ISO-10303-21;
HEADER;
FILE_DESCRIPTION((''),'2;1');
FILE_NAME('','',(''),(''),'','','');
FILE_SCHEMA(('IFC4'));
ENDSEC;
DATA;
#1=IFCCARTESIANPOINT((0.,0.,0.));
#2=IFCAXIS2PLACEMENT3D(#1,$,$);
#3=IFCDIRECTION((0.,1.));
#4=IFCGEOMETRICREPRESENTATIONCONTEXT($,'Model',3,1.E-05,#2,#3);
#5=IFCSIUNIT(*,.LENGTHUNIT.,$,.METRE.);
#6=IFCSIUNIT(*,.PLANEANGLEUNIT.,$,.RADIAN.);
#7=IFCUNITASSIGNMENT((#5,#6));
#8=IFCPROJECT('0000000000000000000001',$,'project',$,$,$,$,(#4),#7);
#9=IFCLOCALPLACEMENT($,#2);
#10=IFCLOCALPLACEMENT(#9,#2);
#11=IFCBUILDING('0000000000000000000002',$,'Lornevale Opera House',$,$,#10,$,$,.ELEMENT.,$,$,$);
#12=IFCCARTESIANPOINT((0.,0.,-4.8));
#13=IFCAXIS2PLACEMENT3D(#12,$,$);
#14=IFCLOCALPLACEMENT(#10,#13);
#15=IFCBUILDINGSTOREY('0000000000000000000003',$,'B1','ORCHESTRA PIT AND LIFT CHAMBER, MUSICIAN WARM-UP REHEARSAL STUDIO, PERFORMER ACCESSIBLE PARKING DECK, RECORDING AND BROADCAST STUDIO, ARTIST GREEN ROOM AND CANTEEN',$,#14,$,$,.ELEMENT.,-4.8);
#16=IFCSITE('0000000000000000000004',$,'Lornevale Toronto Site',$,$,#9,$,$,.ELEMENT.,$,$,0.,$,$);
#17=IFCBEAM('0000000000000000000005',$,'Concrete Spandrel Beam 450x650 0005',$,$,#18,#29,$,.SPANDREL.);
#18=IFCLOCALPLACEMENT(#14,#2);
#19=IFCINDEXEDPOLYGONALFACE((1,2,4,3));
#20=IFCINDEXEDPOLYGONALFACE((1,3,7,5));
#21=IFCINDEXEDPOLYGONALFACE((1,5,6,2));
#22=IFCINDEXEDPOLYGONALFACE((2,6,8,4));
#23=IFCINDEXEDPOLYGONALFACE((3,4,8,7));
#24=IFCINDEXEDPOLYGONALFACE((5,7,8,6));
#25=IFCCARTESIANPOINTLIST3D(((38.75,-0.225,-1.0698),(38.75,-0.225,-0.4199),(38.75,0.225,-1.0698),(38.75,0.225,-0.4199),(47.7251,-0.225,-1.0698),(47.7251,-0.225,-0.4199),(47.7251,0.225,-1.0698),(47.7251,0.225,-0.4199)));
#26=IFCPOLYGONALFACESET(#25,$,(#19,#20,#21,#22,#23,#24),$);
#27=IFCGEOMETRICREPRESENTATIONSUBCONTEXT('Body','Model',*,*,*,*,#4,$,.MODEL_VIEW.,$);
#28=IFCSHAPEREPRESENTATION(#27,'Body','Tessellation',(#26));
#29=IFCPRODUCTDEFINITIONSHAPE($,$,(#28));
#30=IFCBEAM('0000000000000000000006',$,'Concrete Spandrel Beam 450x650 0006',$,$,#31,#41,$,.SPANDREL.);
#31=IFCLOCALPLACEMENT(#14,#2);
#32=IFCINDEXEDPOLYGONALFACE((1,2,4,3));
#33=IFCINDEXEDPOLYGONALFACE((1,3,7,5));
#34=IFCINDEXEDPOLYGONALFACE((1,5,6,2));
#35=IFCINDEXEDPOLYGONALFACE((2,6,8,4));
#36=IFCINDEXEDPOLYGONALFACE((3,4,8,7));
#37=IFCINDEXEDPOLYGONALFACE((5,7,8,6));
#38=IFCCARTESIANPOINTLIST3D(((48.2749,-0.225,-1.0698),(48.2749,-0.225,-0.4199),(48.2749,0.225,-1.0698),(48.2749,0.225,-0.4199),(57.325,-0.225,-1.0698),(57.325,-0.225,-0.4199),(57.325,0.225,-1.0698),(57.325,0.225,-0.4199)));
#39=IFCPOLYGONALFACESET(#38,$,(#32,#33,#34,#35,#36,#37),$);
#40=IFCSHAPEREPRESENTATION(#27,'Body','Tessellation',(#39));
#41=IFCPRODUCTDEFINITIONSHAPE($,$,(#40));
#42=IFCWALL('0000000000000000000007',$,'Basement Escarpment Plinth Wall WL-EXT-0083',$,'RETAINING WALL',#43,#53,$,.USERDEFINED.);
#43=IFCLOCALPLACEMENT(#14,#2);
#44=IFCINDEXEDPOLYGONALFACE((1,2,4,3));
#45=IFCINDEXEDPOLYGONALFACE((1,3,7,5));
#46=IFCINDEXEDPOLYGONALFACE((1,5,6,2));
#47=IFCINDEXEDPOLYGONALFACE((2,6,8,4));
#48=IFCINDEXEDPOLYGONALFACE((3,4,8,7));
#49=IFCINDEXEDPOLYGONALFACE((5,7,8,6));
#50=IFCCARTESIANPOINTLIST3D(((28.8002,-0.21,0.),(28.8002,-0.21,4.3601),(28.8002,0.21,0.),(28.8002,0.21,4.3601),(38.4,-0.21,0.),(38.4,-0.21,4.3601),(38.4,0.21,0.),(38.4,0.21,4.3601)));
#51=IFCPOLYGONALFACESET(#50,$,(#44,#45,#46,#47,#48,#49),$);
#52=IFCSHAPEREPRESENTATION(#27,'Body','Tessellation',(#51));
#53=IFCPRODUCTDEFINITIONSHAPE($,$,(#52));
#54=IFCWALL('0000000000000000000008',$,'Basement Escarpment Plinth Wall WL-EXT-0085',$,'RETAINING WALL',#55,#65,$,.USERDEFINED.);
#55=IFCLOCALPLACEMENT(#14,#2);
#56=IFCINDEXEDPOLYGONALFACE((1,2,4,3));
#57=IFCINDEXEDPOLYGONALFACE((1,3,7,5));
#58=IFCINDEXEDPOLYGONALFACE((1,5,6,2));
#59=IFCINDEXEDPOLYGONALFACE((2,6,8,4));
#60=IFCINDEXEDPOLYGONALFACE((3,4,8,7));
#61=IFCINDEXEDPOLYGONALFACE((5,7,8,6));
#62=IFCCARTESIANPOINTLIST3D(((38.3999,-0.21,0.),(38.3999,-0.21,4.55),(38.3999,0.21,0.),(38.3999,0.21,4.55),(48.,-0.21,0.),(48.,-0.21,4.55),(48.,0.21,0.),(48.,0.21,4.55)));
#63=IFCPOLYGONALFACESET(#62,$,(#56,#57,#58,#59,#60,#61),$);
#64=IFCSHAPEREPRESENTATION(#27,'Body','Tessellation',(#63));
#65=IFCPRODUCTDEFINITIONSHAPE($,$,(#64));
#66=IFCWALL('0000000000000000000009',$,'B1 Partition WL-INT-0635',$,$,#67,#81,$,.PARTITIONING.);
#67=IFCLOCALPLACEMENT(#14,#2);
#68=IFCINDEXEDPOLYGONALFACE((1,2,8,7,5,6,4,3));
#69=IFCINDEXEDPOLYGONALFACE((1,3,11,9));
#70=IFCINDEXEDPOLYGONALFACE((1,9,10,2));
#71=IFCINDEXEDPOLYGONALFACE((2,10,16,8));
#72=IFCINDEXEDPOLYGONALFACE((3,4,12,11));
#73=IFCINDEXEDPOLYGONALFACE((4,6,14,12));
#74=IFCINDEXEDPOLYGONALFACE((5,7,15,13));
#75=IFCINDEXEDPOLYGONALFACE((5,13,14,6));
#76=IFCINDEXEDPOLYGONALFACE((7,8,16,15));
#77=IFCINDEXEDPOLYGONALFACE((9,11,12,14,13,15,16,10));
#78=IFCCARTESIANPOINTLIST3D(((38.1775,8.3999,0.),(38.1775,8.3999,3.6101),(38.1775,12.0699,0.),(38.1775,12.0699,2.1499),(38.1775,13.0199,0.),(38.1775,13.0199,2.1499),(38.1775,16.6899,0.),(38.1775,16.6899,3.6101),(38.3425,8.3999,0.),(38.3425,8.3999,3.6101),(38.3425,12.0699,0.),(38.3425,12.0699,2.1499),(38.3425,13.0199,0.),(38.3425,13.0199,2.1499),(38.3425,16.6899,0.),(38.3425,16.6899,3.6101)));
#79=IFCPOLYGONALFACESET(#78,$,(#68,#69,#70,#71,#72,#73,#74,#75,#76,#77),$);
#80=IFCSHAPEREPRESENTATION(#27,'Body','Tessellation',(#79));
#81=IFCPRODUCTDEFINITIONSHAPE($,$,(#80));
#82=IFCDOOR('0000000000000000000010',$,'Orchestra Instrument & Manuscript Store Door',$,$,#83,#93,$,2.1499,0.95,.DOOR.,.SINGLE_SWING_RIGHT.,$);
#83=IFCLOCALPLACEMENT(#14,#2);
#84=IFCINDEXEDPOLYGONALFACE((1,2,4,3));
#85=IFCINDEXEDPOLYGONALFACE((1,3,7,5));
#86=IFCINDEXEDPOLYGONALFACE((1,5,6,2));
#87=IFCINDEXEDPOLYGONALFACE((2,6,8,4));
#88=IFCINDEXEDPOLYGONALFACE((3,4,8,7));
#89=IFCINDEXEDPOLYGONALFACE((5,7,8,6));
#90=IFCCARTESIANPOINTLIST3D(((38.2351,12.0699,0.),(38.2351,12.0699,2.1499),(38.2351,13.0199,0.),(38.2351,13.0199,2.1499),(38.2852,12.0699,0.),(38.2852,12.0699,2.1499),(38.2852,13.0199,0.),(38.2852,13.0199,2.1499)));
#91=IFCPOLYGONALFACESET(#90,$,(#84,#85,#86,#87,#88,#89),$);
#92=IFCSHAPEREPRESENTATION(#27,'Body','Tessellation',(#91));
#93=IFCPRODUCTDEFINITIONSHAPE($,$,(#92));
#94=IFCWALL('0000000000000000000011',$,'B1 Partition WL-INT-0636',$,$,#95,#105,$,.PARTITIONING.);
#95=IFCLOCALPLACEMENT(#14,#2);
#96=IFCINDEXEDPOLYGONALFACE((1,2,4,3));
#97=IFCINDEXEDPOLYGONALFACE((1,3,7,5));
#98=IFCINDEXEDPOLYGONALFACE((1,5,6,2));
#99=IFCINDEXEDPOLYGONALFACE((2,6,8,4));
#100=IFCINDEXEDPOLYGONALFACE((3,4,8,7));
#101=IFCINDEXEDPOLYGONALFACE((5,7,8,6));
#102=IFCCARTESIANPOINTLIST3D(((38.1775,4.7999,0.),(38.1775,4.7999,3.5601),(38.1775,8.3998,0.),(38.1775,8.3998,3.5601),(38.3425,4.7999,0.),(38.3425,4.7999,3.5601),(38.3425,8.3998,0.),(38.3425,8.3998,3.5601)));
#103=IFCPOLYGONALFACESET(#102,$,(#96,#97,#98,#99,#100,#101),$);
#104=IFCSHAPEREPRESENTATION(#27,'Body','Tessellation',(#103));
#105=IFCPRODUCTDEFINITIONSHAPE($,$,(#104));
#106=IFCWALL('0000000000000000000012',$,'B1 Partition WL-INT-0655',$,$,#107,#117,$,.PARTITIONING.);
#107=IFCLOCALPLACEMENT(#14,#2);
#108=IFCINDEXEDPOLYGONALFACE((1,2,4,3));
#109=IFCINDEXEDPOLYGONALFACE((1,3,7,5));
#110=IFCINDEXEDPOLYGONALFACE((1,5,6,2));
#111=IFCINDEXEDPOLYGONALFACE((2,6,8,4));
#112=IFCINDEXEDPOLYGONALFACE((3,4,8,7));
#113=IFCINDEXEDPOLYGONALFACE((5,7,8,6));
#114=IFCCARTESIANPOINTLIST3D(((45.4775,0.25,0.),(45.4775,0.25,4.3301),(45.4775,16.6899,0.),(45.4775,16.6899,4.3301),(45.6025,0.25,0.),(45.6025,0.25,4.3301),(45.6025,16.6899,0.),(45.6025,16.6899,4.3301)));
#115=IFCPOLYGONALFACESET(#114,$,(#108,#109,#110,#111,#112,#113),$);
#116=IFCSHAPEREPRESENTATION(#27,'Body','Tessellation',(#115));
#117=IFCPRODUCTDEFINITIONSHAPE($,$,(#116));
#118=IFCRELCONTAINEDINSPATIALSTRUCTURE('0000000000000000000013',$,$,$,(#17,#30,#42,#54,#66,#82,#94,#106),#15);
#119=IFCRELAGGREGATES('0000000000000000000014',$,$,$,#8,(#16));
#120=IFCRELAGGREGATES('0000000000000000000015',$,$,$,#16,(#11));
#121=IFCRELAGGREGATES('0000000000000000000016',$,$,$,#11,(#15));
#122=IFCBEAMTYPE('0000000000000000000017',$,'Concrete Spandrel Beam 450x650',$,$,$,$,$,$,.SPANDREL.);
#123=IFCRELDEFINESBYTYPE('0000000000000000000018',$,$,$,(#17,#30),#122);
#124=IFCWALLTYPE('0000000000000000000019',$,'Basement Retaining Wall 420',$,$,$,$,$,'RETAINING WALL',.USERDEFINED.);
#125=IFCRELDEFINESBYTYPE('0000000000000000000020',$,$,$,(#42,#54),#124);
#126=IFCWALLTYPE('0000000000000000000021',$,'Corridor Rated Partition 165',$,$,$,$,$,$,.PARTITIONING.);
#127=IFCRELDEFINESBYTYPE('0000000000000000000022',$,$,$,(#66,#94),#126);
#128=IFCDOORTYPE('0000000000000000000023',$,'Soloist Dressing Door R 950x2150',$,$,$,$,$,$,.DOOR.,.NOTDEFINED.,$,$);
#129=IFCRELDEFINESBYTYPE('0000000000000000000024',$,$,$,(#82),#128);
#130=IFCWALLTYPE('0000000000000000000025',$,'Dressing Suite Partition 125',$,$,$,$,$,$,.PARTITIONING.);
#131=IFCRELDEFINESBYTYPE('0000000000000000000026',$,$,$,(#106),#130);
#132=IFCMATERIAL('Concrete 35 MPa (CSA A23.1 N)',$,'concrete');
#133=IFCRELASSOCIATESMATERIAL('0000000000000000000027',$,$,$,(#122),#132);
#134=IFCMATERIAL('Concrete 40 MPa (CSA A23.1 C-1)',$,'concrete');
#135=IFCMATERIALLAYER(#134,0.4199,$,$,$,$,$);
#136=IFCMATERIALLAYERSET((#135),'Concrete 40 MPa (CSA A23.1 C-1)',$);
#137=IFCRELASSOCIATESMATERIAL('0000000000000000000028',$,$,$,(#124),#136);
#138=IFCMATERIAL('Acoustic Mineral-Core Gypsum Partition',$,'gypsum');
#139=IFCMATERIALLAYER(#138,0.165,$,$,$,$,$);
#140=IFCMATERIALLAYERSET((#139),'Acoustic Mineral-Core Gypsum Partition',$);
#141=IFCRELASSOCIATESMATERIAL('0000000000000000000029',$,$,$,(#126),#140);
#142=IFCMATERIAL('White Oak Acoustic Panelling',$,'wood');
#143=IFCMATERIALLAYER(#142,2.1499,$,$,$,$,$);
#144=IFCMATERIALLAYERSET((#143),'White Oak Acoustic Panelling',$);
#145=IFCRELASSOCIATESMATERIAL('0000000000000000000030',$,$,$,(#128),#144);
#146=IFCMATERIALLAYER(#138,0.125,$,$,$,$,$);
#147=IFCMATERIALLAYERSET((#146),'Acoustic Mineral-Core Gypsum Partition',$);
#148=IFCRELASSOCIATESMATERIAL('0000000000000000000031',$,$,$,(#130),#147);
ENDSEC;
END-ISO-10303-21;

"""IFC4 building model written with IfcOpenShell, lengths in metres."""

from ifc_helpers import new_model, si_unit, direction, frame, frame_2d, origin, origin_2d, place, context, subcontext, project, spatial, rectangle, extrude, material, layer, layer_set, material_profile, profile_set, type_object, element, fill, save


model = new_model("IFC4")

# Units and contexts
model_context = context("Model", 3, precision=1e-05, world=origin(), true_north=direction((0.0, 1.0)))
body_context = subcontext(model_context, "Body", "Model", "MODEL_VIEW")
ifc_project = project(units=[si_unit("LENGTHUNIT", "METRE"), si_unit("PLANEANGLEUNIT", "RADIAN")], contexts=[model_context])

# Site, building, storey
site_placement = place(None, origin())
site = spatial("IfcSite", under=ifc_project, at=site_placement, Name="Lornevale Toronto Site", CompositionType="ELEMENT", RefElevation=0.0)
building_placement = place(site_placement, origin())
building = spatial("IfcBuilding", under=site, at=building_placement, Name="Lornevale Opera House", CompositionType="ELEMENT")
storey_placement = place(building_placement, frame((0.0, 0.0, -4.8)))
storey = spatial("IfcBuildingStorey", under=building, at=storey_placement, Name="B1", Description="ORCHESTRA PIT AND LIFT CHAMBER, MUSICIAN WARM-UP REHEARSAL STUDIO, PERFORMER ACCESSIBLE PARKING DECK, RECORDING AND BROADCAST STUDIO, ARTIST GREEN ROOM AND CANTEEN", CompositionType="ELEMENT", Elevation=-4.8)

# Shared definitions
ifc_material_1 = material(Name="Concrete 35 MPa (CSA A23.1 N)", Category="concrete")
ifc_material_2 = material(Name="Concrete 40 MPa (CSA A23.1 C-1)", Category="concrete")

# Beams
ifc_material_profile_1 = material_profile(ifc_material_1, rectangle(XDim=0.45, YDim=0.6499, at=origin_2d()), Name="RC450x650")
ifc_profile_set_1 = profile_set([ifc_material_profile_1], Name="Concrete 35 MPa (CSA A23.1 N)")
beam_type_1 = type_object("IfcBeamType", Name="Concrete Spandrel Beam 450x650", PredefinedType="SPANDREL", material=ifc_profile_set_1)
beam_1_placement = place(storey_placement, frame((38.75, 0.0, -0.7449), z_axis=(1.0, 0.0, 0.0), x_axis=(0.0, 1.0, 0.0)))
element("IfcBeam", 1, at=beam_1_placement, inside=storey, type_object=beam_type_1, Name="Concrete Spandrel Beam 450x650 0005", PredefinedType="SPANDREL", context=body_context, shape_type="SweptSolid", body=[
    extrude(rectangle(XDim=0.45, YDim=0.6499, at=origin_2d()), origin(), (0.0, 0.0, 1.0), 8.9751),
])
beam_2_placement = place(storey_placement, frame((48.2749, 0.0, -0.7449), z_axis=(1.0, 0.0, 0.0), x_axis=(0.0, 1.0, 0.0)))
element("IfcBeam", 2, at=beam_2_placement, inside=storey, type_object=beam_type_1, Name="Concrete Spandrel Beam 450x650 0006", PredefinedType="SPANDREL", context=body_context, shape_type="SweptSolid", body=[
    extrude(rectangle(XDim=0.45, YDim=0.6499, at=origin_2d()), origin(), (0.0, 0.0, 1.0), 9.05),
])

# Walls
ifc_layer_1 = layer(ifc_material_2, 0.4199)
ifc_layer_set_1 = layer_set([ifc_layer_1], Name="Concrete 40 MPa (CSA A23.1 C-1)")
wall_type_1 = type_object("IfcWallType", Name="Basement Retaining Wall 420", ElementType="RETAINING WALL", PredefinedType="USERDEFINED", material=ifc_layer_set_1)
wall_1_placement = place(storey_placement, frame((38.3999, 0.0, 0.0), z_axis=(0.0, 0.0, 1.0), x_axis=(-1.0, 0.0, 0.0)))
element("IfcWall", 3, at=wall_1_placement, inside=storey, type_object=wall_type_1, Name="Basement Escarpment Plinth Wall WL-EXT-0083", ObjectType="RETAINING WALL", PredefinedType="USERDEFINED", context=body_context, shape_type="SweptSolid", body=[
    extrude(rectangle(XDim=9.5999, YDim=0.4199, at=frame_2d((4.7998, 0.0))), origin(), (0.0, 0.0, 1.0), 4.3601),
])
wall_2_placement = place(storey_placement, frame((48.0, 0.0, 0.0), z_axis=(0.0, 0.0, 1.0), x_axis=(-1.0, 0.0, 0.0)))
element("IfcWall", 4, at=wall_2_placement, inside=storey, type_object=wall_type_1, Name="Basement Escarpment Plinth Wall WL-EXT-0085", ObjectType="RETAINING WALL", PredefinedType="USERDEFINED", context=body_context, shape_type="SweptSolid", body=[
    extrude(rectangle(XDim=9.6001, YDim=0.4199, at=frame_2d((4.8, 0.0))), origin(), (0.0, 0.0, 1.0), 4.55),
])

# Wall, opening, door
ifc_material_3 = material(Name="Acoustic Mineral-Core Gypsum Partition", Category="gypsum")
ifc_layer_2 = layer(ifc_material_3, 0.165)
ifc_layer_set_2 = layer_set([ifc_layer_2], Name="Acoustic Mineral-Core Gypsum Partition")
wall_type_2 = type_object("IfcWallType", Name="Corridor Rated Partition 165", PredefinedType="PARTITIONING", material=ifc_layer_set_2)
wall_3_placement = place(storey_placement, frame((38.26, 8.3999, 0.0), z_axis=(0.0, 0.0, 1.0), x_axis=(0.0, 1.0, 0.0)))
wall_3 = element("IfcWall", 5, at=wall_3_placement, inside=storey, type_object=wall_type_2, Name="B1 Partition WL-INT-0635", PredefinedType="PARTITIONING", context=body_context, shape_type="SweptSolid", body=[
    extrude(rectangle(XDim=8.29, YDim=0.165, at=frame_2d((4.145, 0.0))), origin(), (0.0, 0.0, 1.0), 3.6101),
])
opening_placement = place(wall_3_placement, frame((3.6699, 0.0, 0.0)))
opening = element("IfcOpeningElement", 6, at=opening_placement, cuts=wall_3, PredefinedType="OPENING", context=body_context, shape_type="SweptSolid", body=[
    extrude(rectangle(XDim=0.95, YDim=2.1499, at=frame_2d((0.4751, 1.075))), frame((0.0, 0.0925, 0.0), z_axis=(0.0, -1.0, 0.0), x_axis=(1.0, 0.0, 0.0)), (0.0, 0.0, 1.0), 0.1851),
])
ifc_material_4 = material(Name="White Oak Acoustic Panelling", Category="wood")
ifc_layer_3 = layer(ifc_material_4, 2.1499)
ifc_layer_set_3 = layer_set([ifc_layer_3], Name="White Oak Acoustic Panelling")
door_type = type_object("IfcDoorType", Name="Soloist Dressing Door R 950x2150", OperationType="NOTDEFINED", PredefinedType="DOOR", material=ifc_layer_set_3)
door_placement = place(opening_placement, origin())
door = element("IfcDoor", 7, at=door_placement, inside=storey, type_object=door_type, Name="Orchestra Instrument & Manuscript Store Door", OperationType="SINGLE_SWING_RIGHT", OverallHeight=2.1499, OverallWidth=0.95, PredefinedType="DOOR", context=body_context, shape_type="SweptSolid", body=[
    extrude(rectangle(XDim=0.95, YDim=2.1499, at=frame_2d((0.4751, 1.075))), frame((0.0, 0.0249, 0.0), z_axis=(0.0, -1.0, 0.0), x_axis=(1.0, 0.0, 0.0)), (0.0, 0.0, 1.0), 0.05),
])
fill(opening, door)

# Walls
wall_4_placement = place(storey_placement, frame((38.26, 4.8, 0.0), z_axis=(0.0, 0.0, 1.0), x_axis=(0.0, 1.0, 0.0)))
element("IfcWall", 8, at=wall_4_placement, inside=storey, type_object=wall_type_2, Name="B1 Partition WL-INT-0636", PredefinedType="PARTITIONING", context=body_context, shape_type="SweptSolid", body=[
    extrude(rectangle(XDim=3.5999, YDim=0.165, at=frame_2d((1.7998, 0.0))), origin(), (0.0, 0.0, 1.0), 3.5601),
])
ifc_layer_4 = layer(ifc_material_3, 0.125)
ifc_layer_set_4 = layer_set([ifc_layer_4], Name="Acoustic Mineral-Core Gypsum Partition")
wall_type_3 = type_object("IfcWallType", Name="Dressing Suite Partition 125", PredefinedType="PARTITIONING", material=ifc_layer_set_4)
wall_5_placement = place(storey_placement, frame((45.54, 0.25, 0.0), z_axis=(0.0, 0.0, 1.0), x_axis=(0.0, 1.0, 0.0)))
element("IfcWall", 9, at=wall_5_placement, inside=storey, type_object=wall_type_3, Name="B1 Partition WL-INT-0655", PredefinedType="PARTITIONING", context=body_context, shape_type="SweptSolid", body=[
    extrude(rectangle(XDim=16.4399, YDim=0.125, at=frame_2d((8.22, 0.0))), origin(), (0.0, 0.0, 1.0), 4.3301),
])

save(model, "model.ifc")
